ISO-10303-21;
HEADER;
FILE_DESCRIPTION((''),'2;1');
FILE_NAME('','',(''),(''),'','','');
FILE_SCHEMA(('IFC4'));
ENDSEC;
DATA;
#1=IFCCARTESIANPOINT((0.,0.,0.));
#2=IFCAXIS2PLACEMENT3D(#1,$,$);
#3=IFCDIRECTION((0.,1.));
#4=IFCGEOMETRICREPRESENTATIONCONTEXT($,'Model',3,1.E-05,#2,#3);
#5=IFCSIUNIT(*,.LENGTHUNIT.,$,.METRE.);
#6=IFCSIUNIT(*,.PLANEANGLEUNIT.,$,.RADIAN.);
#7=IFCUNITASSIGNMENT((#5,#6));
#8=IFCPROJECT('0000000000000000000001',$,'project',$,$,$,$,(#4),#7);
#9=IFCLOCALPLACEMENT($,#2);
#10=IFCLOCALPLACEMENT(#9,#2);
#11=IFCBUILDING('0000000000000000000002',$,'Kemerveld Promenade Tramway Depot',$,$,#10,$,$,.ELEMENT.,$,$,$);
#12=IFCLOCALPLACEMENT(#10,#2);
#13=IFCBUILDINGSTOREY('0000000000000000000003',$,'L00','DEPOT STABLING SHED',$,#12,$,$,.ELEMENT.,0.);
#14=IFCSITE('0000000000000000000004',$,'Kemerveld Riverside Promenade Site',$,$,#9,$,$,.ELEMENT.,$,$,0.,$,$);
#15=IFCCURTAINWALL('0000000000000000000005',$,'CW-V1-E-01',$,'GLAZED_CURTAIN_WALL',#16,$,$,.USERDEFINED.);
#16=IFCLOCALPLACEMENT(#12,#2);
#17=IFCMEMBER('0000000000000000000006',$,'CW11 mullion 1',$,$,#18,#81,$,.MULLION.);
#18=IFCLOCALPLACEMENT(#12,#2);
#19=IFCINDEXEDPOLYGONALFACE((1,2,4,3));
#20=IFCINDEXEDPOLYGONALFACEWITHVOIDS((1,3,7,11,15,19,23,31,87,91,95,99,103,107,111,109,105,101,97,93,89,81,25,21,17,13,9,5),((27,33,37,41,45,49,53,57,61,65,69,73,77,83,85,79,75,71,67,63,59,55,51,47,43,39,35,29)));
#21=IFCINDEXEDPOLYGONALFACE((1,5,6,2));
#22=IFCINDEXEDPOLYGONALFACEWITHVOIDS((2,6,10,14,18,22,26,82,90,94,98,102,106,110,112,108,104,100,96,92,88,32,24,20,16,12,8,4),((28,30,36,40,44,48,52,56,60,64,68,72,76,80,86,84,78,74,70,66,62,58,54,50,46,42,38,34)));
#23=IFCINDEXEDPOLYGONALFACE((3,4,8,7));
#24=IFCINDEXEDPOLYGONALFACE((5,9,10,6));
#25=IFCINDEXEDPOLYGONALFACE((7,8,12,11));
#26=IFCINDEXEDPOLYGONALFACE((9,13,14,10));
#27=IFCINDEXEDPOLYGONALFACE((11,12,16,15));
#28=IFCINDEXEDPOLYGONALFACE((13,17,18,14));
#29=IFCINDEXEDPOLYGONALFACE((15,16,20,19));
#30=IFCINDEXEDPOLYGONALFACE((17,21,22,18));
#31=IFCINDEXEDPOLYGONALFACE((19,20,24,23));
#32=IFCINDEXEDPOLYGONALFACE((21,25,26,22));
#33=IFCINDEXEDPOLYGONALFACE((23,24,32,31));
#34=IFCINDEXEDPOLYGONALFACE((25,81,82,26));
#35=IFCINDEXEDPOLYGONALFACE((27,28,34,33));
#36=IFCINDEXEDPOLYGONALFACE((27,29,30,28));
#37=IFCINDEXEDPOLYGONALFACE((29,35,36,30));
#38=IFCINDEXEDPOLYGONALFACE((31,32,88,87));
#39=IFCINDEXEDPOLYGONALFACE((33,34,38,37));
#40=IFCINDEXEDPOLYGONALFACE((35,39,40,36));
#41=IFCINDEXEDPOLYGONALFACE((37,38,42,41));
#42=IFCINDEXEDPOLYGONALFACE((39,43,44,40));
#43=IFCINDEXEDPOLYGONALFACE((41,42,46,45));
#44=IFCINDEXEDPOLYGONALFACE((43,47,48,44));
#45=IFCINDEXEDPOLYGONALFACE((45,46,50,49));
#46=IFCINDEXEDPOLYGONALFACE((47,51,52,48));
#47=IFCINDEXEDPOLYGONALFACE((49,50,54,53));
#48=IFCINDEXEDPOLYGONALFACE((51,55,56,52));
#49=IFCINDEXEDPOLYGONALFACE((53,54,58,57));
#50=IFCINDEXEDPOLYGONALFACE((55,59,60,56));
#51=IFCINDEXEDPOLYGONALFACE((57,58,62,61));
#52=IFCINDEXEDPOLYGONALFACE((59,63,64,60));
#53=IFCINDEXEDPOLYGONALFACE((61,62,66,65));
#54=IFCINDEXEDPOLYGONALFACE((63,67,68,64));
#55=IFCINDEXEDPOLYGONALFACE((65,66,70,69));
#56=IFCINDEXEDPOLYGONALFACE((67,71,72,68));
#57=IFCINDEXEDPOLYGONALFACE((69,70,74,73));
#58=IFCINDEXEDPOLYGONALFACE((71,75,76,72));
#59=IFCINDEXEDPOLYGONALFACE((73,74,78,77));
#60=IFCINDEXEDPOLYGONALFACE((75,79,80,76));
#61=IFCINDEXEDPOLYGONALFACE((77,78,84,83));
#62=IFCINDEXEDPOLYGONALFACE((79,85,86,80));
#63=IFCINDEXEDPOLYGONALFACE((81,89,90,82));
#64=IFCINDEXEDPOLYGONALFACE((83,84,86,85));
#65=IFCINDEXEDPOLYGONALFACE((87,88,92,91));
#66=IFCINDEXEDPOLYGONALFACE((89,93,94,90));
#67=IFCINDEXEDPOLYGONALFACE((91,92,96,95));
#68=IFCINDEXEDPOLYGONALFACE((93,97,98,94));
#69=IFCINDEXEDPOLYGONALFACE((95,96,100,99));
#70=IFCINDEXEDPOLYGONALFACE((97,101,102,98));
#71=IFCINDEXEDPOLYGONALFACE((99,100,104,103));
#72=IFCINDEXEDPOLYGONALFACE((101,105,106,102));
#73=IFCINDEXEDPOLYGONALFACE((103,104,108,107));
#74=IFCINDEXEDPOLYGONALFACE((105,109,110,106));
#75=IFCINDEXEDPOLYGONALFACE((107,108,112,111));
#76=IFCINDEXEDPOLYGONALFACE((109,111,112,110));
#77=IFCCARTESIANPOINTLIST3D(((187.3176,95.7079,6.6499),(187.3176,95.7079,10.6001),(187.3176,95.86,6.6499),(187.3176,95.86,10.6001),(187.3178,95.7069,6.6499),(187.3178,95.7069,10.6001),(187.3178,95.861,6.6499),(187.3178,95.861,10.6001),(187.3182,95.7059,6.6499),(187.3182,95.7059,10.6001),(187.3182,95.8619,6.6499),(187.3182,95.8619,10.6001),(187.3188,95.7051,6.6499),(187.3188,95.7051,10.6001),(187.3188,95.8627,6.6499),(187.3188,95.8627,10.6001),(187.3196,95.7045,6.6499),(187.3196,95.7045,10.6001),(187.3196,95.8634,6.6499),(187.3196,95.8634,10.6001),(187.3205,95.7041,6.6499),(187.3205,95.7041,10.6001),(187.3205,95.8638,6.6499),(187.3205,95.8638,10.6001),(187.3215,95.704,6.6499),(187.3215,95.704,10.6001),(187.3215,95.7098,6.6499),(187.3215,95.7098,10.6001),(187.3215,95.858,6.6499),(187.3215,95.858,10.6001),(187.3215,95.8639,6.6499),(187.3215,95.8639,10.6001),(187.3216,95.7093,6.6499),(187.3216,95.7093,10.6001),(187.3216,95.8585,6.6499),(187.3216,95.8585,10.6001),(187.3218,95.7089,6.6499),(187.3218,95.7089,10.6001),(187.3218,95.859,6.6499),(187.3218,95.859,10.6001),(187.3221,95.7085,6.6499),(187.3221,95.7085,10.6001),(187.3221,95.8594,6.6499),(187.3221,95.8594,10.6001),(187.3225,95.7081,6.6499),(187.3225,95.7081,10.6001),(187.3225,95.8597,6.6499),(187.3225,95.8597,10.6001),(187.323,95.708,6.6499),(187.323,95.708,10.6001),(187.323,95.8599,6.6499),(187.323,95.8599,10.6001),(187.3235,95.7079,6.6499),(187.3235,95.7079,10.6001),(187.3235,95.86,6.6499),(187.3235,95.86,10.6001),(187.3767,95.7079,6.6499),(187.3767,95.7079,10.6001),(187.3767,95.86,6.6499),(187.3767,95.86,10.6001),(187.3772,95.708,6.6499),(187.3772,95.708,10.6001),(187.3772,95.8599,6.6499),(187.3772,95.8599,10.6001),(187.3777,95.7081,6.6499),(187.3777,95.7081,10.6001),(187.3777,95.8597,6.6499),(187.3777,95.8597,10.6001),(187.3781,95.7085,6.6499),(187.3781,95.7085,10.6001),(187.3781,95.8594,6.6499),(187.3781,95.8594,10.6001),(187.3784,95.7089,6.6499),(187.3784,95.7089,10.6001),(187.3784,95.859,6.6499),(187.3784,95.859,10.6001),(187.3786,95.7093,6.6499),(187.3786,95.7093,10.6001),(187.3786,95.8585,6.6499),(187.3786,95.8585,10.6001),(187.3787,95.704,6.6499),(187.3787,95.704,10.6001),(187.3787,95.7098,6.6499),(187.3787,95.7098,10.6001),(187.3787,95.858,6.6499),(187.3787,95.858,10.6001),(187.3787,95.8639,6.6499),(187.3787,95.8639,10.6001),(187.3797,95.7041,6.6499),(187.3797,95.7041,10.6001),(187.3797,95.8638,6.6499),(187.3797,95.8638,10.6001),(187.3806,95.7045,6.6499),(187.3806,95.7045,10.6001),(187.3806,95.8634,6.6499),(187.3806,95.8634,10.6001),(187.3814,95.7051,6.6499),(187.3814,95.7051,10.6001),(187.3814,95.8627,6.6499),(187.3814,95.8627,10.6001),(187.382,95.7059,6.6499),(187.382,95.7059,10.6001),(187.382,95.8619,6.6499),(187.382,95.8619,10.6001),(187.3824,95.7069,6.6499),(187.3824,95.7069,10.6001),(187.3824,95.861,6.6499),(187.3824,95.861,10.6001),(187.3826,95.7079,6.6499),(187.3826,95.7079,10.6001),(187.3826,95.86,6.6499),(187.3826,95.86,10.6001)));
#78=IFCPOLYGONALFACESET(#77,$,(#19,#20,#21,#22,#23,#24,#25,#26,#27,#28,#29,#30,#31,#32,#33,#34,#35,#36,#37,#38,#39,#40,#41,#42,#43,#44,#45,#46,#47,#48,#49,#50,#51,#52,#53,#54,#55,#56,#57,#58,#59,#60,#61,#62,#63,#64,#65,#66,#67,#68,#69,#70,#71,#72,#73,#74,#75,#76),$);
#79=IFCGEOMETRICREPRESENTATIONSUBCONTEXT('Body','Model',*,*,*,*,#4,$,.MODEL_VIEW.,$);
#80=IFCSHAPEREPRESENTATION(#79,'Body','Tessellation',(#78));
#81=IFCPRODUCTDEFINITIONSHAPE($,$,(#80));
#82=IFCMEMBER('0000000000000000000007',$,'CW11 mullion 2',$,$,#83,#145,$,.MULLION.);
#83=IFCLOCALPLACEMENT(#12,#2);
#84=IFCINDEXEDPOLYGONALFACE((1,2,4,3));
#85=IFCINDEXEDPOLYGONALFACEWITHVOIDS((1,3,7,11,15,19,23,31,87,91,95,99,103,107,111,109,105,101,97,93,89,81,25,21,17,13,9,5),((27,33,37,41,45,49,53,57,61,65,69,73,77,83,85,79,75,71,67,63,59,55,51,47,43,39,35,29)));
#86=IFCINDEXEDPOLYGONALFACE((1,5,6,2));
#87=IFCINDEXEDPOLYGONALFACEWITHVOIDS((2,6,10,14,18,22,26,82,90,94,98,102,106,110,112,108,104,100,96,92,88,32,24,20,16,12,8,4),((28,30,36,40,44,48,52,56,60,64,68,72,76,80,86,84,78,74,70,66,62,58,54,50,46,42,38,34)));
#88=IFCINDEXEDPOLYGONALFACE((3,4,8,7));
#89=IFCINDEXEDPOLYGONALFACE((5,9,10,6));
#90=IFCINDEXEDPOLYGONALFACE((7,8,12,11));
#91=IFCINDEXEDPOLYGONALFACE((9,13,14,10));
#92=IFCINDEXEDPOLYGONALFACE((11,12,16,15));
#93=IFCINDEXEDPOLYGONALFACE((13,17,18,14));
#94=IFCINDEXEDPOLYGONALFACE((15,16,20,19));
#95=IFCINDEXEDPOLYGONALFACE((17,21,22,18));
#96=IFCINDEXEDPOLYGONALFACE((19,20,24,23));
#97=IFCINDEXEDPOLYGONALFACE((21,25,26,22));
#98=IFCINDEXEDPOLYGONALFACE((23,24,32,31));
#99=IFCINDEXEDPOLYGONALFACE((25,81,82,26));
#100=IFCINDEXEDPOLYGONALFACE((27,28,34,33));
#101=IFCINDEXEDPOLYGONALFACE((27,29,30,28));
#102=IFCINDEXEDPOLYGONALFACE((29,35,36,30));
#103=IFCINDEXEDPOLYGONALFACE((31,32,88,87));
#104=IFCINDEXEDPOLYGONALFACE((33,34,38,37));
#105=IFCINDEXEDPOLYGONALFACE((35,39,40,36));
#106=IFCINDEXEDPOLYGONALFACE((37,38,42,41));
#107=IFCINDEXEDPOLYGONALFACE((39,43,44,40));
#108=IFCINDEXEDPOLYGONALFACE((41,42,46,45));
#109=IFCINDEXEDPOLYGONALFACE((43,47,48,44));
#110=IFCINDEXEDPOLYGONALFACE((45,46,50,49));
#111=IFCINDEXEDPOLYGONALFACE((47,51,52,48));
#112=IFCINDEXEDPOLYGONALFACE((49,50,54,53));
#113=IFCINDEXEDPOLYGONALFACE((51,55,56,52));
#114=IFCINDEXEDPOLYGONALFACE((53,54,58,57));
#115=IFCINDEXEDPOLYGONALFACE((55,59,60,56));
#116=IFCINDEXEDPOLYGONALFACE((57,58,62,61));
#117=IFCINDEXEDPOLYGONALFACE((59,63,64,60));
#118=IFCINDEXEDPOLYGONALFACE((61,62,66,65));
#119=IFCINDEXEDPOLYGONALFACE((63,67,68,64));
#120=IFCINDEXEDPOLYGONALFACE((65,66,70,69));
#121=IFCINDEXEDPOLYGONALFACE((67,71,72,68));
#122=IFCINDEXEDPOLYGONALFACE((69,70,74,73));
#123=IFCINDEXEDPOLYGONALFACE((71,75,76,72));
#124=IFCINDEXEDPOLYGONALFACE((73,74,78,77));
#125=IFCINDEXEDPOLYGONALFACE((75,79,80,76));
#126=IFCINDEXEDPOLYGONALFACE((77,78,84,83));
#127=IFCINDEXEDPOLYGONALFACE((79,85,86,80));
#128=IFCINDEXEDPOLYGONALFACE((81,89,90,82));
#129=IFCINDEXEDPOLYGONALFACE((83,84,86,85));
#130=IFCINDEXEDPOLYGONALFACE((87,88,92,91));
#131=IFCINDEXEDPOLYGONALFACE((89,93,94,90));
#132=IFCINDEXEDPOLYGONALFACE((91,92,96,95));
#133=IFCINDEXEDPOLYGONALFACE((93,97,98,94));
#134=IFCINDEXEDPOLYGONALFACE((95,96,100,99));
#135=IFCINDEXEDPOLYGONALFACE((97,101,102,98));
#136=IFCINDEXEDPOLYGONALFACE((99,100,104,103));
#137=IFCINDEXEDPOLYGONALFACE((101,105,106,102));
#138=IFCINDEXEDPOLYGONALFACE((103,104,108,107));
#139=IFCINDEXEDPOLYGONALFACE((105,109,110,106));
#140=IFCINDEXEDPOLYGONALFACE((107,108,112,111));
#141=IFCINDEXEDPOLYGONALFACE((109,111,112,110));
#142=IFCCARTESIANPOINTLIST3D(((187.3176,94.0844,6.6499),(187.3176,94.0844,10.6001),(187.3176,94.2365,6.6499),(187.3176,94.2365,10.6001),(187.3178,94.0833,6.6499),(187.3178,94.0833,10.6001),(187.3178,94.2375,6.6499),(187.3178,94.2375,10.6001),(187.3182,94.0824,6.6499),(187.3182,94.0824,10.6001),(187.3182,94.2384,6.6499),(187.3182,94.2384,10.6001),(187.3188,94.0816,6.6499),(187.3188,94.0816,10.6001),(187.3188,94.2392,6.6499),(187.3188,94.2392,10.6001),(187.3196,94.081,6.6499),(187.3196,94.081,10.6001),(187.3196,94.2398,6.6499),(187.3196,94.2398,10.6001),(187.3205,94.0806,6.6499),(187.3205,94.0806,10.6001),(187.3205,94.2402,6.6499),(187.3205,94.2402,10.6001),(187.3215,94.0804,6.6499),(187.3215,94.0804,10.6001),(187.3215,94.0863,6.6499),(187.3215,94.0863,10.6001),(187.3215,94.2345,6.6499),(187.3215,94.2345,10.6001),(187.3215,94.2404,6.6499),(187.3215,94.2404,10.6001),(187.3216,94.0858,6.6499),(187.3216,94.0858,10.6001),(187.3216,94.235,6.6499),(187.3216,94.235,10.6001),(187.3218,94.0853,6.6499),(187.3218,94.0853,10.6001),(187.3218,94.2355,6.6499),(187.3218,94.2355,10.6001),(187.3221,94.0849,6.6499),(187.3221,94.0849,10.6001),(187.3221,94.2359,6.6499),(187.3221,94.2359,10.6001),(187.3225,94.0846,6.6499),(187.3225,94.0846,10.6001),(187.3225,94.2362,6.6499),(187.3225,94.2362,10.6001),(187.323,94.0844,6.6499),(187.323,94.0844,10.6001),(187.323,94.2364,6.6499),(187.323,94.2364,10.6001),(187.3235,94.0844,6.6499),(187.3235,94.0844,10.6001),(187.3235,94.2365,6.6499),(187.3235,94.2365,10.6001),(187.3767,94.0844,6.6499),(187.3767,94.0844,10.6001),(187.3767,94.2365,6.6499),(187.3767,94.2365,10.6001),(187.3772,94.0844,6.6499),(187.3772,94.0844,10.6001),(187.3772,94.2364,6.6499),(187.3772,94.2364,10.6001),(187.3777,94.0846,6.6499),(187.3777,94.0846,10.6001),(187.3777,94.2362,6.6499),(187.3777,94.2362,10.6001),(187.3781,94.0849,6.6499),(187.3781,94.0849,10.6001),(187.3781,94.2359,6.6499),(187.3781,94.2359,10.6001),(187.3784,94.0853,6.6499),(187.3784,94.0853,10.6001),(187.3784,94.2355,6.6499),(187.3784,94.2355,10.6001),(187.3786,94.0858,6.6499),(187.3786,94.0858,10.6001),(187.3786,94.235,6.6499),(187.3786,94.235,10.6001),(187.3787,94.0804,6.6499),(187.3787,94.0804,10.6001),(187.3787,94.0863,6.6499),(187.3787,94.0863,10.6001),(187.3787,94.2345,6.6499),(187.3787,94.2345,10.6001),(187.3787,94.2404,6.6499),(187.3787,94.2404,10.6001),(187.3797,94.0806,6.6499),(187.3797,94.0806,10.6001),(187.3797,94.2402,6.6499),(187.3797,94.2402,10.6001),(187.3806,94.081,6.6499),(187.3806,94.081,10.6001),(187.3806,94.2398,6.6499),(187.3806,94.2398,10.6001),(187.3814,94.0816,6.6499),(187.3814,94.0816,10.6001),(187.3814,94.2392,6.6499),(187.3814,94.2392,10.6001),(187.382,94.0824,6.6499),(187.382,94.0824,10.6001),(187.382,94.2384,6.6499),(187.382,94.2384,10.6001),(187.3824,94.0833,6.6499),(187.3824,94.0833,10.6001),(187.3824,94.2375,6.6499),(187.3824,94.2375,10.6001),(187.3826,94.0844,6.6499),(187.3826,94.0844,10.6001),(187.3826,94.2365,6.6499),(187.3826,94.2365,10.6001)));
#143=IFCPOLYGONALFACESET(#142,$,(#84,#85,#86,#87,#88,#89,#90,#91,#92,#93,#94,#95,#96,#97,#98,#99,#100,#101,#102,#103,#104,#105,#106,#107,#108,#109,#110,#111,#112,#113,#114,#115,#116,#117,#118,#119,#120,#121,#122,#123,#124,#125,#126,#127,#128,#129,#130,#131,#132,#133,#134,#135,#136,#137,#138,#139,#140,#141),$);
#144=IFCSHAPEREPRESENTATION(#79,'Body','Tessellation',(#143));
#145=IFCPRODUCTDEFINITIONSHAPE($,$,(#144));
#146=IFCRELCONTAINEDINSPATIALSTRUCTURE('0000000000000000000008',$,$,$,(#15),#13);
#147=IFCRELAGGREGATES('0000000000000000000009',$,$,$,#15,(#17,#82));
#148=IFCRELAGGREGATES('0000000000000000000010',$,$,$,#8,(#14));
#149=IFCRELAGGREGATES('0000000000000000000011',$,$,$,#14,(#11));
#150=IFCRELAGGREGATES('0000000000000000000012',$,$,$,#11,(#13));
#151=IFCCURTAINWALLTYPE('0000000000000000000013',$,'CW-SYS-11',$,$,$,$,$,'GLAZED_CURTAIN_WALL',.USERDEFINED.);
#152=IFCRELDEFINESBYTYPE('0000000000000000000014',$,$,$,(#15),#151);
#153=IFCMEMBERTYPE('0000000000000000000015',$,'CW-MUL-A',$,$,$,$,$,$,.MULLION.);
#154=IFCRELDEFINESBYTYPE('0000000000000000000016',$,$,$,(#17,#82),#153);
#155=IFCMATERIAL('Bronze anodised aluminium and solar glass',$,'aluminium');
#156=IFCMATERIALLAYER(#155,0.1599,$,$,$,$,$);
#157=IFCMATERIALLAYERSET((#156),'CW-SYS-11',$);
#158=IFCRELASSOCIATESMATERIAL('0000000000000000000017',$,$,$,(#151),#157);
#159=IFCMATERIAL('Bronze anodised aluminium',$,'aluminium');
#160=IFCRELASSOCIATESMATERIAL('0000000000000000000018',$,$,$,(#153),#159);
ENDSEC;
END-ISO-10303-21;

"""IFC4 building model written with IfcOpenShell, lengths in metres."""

from ifc_helpers import new_model, si_unit, direction, frame, origin, origin_2d, place, context, subcontext, project, spatial, hollow_rectangle, extrude, material, layer, layer_set, material_profile, profile_set, type_object, element, aggregate, save


model = new_model("IFC4")

# Units and contexts
model_context = context("Model", 3, precision=1e-05, world=origin(), true_north=direction((0.0, 1.0)))
body_context = subcontext(model_context, "Body", "Model", "MODEL_VIEW")
ifc_project = project(units=[si_unit("LENGTHUNIT", "METRE"), si_unit("PLANEANGLEUNIT", "RADIAN")], contexts=[model_context])

# Site, building, storey
site_placement = place(None, origin())
site = spatial("IfcSite", under=ifc_project, at=site_placement, Name="Kemerveld Riverside Promenade Site", CompositionType="ELEMENT", RefElevation=0.0)
building_placement = place(site_placement, origin())
building = spatial("IfcBuilding", under=site, at=building_placement, Name="Kemerveld Promenade Tramway Depot", CompositionType="ELEMENT")
storey_placement = place(building_placement, origin())
storey = spatial("IfcBuildingStorey", under=building, at=storey_placement, Name="L00", Description="DEPOT STABLING SHED", CompositionType="ELEMENT", Elevation=0.0)

# Curtain wall, members
ifc_material_1 = material(Name="Bronze anodised aluminium and solar glass", Category="aluminium")
ifc_layer_1 = layer(ifc_material_1, 0.1599)
ifc_layer_set_1 = layer_set([ifc_layer_1], Name="CW-SYS-11")
curtain_wall_type = type_object("IfcCurtainWallType", Name="CW-SYS-11", ElementType="GLAZED_CURTAIN_WALL", PredefinedType="USERDEFINED", material=ifc_layer_set_1)
curtain_wall_placement = place(storey_placement, origin())
curtain_wall = element("IfcCurtainWall", 1, at=curtain_wall_placement, inside=storey, type_object=curtain_wall_type, Name="CW-V1-E-01", ObjectType="GLAZED_CURTAIN_WALL", PredefinedType="USERDEFINED")
ifc_material_2 = material(Name="Bronze anodised aluminium", Category="aluminium")
ifc_material_profile_1 = material_profile(ifc_material_2, hollow_rectangle(XDim=0.0649, YDim=0.1599, WallThickness=0.0039, InnerFilletRadius=0.002, OuterFilletRadius=0.0039, at=origin_2d()), Name="CW-MUL-160x65")
ifc_profile_set_1 = profile_set([ifc_material_profile_1], Name="Bronze anodised aluminium")
member_type_1 = type_object("IfcMemberType", Name="CW-MUL-A", PredefinedType="MULLION", material=ifc_profile_set_1)
member_1_placement = place(storey_placement, frame((187.3501, 95.7839, 6.6499), z_axis=(0.0, 0.0, 1.0), x_axis=(1.0, 0.0, 0.0)))
member_1 = element("IfcMember", 2, at=member_1_placement, type_object=member_type_1, Name="CW11 mullion 1", PredefinedType="MULLION", context=body_context, shape_type="SweptSolid", body=[
    extrude(hollow_rectangle(XDim=0.0649, YDim=0.1599, WallThickness=0.0039, InnerFilletRadius=0.002, OuterFilletRadius=0.0039, at=origin_2d()), origin(), (0.0, 0.0, 1.0), 3.9502),
])
member_2_placement = place(storey_placement, frame((187.3501, 94.1604, 6.6499), z_axis=(0.0, 0.0, 1.0), x_axis=(1.0, 0.0, 0.0)))
member_2 = element("IfcMember", 3, at=member_2_placement, type_object=member_type_1, Name="CW11 mullion 2", PredefinedType="MULLION", context=body_context, shape_type="SweptSolid", body=[
    extrude(hollow_rectangle(XDim=0.0649, YDim=0.1599, WallThickness=0.0039, InnerFilletRadius=0.002, OuterFilletRadius=0.0039, at=origin_2d()), origin(), (0.0, 0.0, 1.0), 3.9502),
])
aggregate(curtain_wall, [member_1, member_2])

save(model, "model.ifc")
